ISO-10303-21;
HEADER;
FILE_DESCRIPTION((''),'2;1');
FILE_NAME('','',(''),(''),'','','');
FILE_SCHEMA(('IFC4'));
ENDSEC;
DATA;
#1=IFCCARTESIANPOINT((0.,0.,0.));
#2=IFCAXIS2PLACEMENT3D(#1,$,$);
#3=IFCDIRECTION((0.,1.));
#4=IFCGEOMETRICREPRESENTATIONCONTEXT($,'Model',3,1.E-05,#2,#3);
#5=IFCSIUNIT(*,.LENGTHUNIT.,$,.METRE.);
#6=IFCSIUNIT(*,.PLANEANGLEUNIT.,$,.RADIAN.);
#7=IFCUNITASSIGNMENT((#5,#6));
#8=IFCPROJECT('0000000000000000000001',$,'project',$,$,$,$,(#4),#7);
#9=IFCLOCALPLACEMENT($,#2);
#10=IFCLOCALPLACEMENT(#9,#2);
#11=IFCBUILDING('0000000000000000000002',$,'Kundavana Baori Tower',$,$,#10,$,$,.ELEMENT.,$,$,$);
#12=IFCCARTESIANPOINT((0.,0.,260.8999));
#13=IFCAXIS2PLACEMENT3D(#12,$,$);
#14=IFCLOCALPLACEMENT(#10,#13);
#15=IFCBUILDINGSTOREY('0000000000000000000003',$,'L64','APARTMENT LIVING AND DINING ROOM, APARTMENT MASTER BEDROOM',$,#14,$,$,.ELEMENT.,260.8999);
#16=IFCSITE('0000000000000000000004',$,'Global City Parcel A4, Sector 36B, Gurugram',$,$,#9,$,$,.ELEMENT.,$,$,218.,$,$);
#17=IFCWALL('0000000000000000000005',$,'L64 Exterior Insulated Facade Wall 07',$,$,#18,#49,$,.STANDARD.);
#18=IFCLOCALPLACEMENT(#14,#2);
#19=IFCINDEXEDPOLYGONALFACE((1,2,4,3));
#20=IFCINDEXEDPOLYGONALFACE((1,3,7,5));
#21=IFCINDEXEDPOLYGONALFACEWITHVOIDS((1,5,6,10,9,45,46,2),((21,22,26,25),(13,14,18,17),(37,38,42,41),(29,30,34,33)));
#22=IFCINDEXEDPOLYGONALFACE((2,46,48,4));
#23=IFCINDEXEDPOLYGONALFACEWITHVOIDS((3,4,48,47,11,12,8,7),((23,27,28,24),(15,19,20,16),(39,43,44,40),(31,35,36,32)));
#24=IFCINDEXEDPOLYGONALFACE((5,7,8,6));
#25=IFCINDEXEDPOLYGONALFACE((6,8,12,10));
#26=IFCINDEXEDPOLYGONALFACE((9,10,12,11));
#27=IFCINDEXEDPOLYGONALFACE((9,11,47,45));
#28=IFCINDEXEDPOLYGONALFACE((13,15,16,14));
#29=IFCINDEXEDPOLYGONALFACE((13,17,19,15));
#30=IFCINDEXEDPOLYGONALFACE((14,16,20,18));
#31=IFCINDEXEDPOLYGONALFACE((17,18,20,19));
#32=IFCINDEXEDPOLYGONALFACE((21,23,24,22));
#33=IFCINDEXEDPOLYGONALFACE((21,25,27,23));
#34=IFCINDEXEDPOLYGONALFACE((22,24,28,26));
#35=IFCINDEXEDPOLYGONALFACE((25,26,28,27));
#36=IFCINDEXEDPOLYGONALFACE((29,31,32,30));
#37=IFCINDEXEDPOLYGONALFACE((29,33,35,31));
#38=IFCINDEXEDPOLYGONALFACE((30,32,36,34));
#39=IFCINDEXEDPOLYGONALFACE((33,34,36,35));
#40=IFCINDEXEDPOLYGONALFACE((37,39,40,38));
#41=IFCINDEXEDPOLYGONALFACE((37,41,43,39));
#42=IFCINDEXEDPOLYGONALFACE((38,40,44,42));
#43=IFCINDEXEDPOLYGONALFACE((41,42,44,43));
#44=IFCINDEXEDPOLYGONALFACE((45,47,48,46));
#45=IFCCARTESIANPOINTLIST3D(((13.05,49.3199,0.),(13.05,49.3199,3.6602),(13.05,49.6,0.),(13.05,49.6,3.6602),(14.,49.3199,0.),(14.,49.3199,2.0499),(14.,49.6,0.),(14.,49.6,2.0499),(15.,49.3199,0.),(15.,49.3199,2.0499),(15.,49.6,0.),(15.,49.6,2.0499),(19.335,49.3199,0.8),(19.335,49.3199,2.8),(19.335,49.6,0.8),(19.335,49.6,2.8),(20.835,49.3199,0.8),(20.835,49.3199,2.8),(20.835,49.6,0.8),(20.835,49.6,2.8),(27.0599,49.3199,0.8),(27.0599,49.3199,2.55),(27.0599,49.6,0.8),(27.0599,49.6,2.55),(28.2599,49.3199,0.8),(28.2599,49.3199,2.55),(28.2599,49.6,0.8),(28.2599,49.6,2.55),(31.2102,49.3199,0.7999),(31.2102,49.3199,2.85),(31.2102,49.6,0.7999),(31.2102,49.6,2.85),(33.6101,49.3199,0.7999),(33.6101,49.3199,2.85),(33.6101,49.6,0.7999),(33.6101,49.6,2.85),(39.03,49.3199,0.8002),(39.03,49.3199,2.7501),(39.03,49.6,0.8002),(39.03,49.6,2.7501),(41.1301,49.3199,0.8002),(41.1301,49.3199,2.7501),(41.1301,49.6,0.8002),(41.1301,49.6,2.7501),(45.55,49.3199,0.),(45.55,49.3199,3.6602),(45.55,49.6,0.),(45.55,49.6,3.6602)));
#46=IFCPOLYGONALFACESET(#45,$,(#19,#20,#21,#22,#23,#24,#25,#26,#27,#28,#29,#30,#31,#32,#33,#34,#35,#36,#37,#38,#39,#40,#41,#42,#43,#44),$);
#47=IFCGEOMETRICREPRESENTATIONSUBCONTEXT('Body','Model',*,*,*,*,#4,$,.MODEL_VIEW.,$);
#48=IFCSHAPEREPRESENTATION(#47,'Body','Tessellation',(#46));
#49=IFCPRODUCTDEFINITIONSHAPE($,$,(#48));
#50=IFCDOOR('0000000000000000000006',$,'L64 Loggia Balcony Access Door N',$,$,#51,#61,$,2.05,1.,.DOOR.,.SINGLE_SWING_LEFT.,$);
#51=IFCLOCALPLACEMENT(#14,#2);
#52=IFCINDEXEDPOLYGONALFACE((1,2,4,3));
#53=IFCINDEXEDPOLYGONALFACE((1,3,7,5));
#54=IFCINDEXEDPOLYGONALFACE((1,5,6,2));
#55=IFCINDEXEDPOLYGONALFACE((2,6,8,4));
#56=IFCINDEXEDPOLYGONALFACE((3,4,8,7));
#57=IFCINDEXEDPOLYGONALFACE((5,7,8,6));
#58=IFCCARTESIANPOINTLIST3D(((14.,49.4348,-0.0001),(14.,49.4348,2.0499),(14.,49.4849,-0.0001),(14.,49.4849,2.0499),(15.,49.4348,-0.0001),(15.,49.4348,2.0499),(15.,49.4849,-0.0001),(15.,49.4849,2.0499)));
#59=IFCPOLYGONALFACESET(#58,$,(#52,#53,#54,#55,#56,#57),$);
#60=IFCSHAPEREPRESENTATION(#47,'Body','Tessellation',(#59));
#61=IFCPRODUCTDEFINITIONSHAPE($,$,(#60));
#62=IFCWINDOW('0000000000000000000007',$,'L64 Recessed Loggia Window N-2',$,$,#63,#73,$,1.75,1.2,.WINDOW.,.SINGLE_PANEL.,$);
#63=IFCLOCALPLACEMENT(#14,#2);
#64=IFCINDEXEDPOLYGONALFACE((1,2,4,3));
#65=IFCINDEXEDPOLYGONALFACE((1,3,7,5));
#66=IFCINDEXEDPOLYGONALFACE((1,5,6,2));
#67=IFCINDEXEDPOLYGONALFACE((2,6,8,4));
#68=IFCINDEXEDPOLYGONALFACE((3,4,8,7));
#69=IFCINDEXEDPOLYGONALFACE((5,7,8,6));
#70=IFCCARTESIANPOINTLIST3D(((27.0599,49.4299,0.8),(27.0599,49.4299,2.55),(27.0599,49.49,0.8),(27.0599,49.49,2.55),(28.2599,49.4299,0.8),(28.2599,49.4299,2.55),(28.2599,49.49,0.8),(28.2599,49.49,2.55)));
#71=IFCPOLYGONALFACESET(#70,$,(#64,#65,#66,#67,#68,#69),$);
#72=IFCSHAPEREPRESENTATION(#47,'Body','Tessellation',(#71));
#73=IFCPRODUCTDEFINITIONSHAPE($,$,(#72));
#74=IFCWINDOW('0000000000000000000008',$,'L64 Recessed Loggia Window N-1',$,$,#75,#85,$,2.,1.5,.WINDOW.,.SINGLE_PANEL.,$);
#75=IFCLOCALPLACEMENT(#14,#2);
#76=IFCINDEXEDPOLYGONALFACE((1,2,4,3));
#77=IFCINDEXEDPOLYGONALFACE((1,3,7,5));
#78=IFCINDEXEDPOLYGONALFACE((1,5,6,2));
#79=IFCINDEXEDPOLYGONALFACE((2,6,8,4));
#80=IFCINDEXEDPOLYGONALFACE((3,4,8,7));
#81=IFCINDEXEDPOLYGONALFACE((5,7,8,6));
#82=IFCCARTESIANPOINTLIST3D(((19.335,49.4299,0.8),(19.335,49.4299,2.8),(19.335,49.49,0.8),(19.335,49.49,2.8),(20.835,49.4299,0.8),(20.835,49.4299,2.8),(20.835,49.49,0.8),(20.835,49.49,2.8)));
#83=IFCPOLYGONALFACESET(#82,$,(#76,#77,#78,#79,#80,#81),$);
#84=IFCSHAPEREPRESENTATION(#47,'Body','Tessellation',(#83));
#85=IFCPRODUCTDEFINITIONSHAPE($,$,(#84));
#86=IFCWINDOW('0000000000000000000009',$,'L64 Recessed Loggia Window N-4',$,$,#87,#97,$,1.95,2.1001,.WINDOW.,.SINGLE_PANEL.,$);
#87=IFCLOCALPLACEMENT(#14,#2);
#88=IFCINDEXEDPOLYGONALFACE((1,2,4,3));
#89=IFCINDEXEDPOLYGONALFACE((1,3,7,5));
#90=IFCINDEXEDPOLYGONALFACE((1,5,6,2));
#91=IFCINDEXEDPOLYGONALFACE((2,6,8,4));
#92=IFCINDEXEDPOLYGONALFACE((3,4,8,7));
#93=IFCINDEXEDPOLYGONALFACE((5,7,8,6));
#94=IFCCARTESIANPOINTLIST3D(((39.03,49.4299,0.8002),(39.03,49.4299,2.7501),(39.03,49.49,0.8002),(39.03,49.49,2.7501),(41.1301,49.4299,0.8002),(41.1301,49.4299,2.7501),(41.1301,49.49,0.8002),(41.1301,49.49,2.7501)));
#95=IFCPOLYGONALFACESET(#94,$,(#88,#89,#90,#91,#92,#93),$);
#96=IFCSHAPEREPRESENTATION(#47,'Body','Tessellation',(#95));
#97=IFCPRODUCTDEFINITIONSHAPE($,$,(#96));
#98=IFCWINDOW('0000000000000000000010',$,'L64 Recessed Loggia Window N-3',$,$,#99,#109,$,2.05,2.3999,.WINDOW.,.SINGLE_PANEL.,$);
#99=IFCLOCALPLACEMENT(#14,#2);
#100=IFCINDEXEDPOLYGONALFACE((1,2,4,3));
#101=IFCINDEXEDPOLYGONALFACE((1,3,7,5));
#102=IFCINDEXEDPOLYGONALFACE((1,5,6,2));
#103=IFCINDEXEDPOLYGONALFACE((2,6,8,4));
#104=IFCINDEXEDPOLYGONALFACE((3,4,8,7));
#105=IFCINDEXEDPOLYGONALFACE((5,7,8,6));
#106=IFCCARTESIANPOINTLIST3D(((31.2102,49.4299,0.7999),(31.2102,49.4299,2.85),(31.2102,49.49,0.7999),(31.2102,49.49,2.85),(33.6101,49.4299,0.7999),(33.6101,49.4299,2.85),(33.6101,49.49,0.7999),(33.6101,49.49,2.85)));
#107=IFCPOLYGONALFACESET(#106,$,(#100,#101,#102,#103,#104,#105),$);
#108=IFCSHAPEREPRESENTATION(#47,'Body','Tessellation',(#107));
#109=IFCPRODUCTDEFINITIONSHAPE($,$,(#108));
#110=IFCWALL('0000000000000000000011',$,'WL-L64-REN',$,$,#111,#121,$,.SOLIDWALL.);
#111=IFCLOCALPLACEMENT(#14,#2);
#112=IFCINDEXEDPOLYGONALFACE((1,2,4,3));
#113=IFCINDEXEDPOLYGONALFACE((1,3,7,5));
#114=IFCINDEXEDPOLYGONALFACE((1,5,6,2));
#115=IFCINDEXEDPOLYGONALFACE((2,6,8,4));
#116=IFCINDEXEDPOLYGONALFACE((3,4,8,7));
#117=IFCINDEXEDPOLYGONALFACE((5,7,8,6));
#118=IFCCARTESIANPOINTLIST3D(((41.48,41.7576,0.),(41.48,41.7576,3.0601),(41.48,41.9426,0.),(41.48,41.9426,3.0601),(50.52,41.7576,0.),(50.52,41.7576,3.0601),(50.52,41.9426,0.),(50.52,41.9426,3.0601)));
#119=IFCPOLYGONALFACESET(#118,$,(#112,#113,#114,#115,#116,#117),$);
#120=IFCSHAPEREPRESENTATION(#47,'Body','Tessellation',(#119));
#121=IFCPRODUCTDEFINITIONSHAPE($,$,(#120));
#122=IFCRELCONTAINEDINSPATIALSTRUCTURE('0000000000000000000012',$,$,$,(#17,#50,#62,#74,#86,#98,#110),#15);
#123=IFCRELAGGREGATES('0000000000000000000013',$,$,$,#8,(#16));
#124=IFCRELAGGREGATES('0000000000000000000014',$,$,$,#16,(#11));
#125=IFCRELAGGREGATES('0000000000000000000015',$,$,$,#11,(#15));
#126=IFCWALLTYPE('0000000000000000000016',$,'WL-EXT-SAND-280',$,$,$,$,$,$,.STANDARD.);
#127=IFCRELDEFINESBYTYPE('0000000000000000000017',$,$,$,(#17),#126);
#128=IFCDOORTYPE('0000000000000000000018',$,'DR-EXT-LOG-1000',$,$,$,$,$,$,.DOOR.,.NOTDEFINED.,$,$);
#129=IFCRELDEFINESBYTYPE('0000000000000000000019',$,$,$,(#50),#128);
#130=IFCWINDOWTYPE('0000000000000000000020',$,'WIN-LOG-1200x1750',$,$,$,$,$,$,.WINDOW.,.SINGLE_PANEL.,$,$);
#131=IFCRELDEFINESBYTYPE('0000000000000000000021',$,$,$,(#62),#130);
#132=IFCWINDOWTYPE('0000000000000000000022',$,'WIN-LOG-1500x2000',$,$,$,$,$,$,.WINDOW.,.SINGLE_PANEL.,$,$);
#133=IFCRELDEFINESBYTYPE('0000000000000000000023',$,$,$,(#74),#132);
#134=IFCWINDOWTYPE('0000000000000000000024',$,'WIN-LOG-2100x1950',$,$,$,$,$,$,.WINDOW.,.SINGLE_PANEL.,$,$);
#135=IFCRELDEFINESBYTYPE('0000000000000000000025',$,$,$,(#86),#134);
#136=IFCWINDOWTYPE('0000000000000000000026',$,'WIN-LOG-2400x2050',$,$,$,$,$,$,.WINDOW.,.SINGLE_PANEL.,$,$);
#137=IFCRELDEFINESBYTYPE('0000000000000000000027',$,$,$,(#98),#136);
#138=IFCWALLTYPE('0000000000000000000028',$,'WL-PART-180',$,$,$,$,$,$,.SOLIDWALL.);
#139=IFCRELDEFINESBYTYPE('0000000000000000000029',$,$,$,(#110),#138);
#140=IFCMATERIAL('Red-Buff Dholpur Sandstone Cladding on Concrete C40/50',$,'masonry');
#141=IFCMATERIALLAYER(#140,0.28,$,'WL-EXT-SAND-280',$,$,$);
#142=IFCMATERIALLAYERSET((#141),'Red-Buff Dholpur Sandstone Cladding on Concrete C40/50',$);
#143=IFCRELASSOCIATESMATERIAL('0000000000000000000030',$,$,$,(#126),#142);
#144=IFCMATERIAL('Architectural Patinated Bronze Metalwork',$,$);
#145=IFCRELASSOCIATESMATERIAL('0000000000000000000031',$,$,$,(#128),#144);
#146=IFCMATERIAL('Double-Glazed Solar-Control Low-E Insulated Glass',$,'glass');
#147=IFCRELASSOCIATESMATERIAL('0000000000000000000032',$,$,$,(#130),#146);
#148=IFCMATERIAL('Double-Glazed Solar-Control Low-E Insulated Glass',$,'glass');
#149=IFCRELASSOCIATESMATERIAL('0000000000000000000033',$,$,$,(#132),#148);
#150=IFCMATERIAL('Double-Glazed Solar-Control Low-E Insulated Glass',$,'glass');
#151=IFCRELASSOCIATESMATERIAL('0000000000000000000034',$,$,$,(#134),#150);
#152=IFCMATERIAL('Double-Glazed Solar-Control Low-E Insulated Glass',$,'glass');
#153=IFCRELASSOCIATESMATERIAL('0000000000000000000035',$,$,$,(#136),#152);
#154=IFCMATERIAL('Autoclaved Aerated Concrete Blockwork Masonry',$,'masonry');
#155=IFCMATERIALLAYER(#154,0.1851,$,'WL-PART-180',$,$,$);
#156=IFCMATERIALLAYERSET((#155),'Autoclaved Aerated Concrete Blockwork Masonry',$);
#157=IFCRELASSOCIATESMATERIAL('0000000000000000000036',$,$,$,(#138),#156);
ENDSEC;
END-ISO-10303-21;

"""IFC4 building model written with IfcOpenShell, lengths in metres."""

from ifc_helpers import new_model, si_unit, direction, frame, frame_2d, origin, place, context, subcontext, project, spatial, rectangle, extrude, material, layer, layer_set, type_object, element, fill, save


model = new_model("IFC4")

# Units and contexts
model_context = context("Model", 3, precision=1e-05, world=origin(), true_north=direction((0.0, 1.0)))
body_context = subcontext(model_context, "Body", "Model", "MODEL_VIEW")
ifc_project = project(units=[si_unit("LENGTHUNIT", "METRE"), si_unit("PLANEANGLEUNIT", "RADIAN")], contexts=[model_context])

# Site, building, storey
site_placement = place(None, origin())
site = spatial("IfcSite", under=ifc_project, at=site_placement, Name="Global City Parcel A4, Sector 36B, Gurugram", CompositionType="ELEMENT", RefElevation=218.0)
building_placement = place(site_placement, origin())
building = spatial("IfcBuilding", under=site, at=building_placement, Name="Kundavana Baori Tower", CompositionType="ELEMENT")
storey_placement = place(building_placement, frame((0.0, 0.0, 260.8999)))
storey = spatial("IfcBuildingStorey", under=building, at=storey_placement, Name="L64", Description="APARTMENT LIVING AND DINING ROOM, APARTMENT MASTER BEDROOM", CompositionType="ELEMENT", Elevation=260.8999)

# Shared definitions
ifc_material_1 = material(Name="Red-Buff Dholpur Sandstone Cladding on Concrete C40/50", Category="masonry")
ifc_layer_1 = layer(ifc_material_1, 0.28, Name="WL-EXT-SAND-280")
ifc_layer_set_1 = layer_set([ifc_layer_1], Name="Red-Buff Dholpur Sandstone Cladding on Concrete C40/50")
wall_type_1 = type_object("IfcWallType", Name="WL-EXT-SAND-280", PredefinedType="STANDARD", material=ifc_layer_set_1)

# Wall, openings, door, windows
wall_1_placement = place(storey_placement, frame((45.55, 49.46, 0.0), z_axis=(0.0, 0.0, 1.0), x_axis=(-1.0, 0.0, 0.0)))
wall_1 = element("IfcWall", 1, at=wall_1_placement, inside=storey, type_object=wall_type_1, Name="L64 Exterior Insulated Facade Wall 07", PredefinedType="STANDARD", context=body_context, shape_type="SweptSolid", body=[
    extrude(rectangle(XDim=32.5, YDim=0.28, at=frame_2d((16.25, 0.0))), origin(), (0.0, 0.0, 1.0), 3.6602),
])
opening_1_placement = place(wall_1_placement, frame((30.55, 0.0, 0.0)))
opening_1 = element("IfcOpeningElement", 2, at=opening_1_placement, cuts=wall_1, PredefinedType="OPENING", context=body_context, shape_type="SweptSolid", body=[
    extrude(rectangle(XDim=1.0, YDim=2.05, at=frame_2d((0.5, 1.0249))), frame((0.0, 0.1499, 0.0), z_axis=(0.0, -1.0, 0.0), x_axis=(1.0, 0.0, 0.0)), (0.0, 0.0, 1.0), 0.3),
])
opening_2_placement = place(wall_1_placement, frame((24.7151, 0.0, 0.8)))
opening_2 = element("IfcOpeningElement", 3, at=opening_2_placement, cuts=wall_1, PredefinedType="OPENING", context=body_context, shape_type="SweptSolid", body=[
    extrude(rectangle(XDim=1.5, YDim=2.0, at=frame_2d((0.75, 1.0))), frame((0.0, 0.1499, 0.0), z_axis=(0.0, -1.0, 0.0), x_axis=(1.0, 0.0, 0.0)), (0.0, 0.0, 1.0), 0.3),
])
opening_3_placement = place(wall_1_placement, frame((17.29, 0.0, 0.8)))
opening_3 = element("IfcOpeningElement", 4, at=opening_3_placement, cuts=wall_1, PredefinedType="OPENING", context=body_context, shape_type="SweptSolid", body=[
    extrude(rectangle(XDim=1.2, YDim=1.75, at=frame_2d((0.6001, 0.875))), frame((0.0, 0.1499, 0.0), z_axis=(0.0, -1.0, 0.0), x_axis=(1.0, 0.0, 0.0)), (0.0, 0.0, 1.0), 0.3),
])
opening_4_placement = place(wall_1_placement, frame((11.9399, 0.0, 0.8)))
opening_4 = element("IfcOpeningElement", 5, at=opening_4_placement, cuts=wall_1, PredefinedType="OPENING", context=body_context, shape_type="SweptSolid", body=[
    extrude(rectangle(XDim=2.3999, YDim=2.05, at=frame_2d((1.2, 1.0249))), frame((0.0, 0.1499, 0.0), z_axis=(0.0, -1.0, 0.0), x_axis=(1.0, 0.0, 0.0)), (0.0, 0.0, 1.0), 0.3),
])
opening_5_placement = place(wall_1_placement, frame((4.4199, 0.0, 0.8)))
opening_5 = element("IfcOpeningElement", 6, at=opening_5_placement, cuts=wall_1, PredefinedType="OPENING", context=body_context, shape_type="SweptSolid", body=[
    extrude(rectangle(XDim=2.1001, YDim=1.95, at=frame_2d((1.05, 0.9751))), frame((0.0, 0.1499, 0.0), z_axis=(0.0, -1.0, 0.0), x_axis=(1.0, 0.0, 0.0)), (0.0, 0.0, 1.0), 0.3),
])
ifc_material_2 = material(Name="Architectural Patinated Bronze Metalwork")
door_type_1 = type_object("IfcDoorType", Name="DR-EXT-LOG-1000", OperationType="NOTDEFINED", PredefinedType="DOOR", material=ifc_material_2)
door_1_placement = place(opening_1_placement, frame((1.0, 0.0, 0.0), z_axis=(0.0, 0.0, 1.0), x_axis=(-1.0, 0.0, 0.0)))
door_1 = element("IfcDoor", 7, at=door_1_placement, inside=storey, type_object=door_type_1, Name="L64 Loggia Balcony Access Door N", OperationType="SINGLE_SWING_LEFT", OverallHeight=2.05, OverallWidth=1.0, PredefinedType="DOOR", context=body_context, shape_type="SweptSolid", body=[
    extrude(rectangle(XDim=1.0, YDim=2.05, at=frame_2d((0.5, 1.0249))), frame((0.0, 0.0249, 0.0), z_axis=(0.0, -1.0, 0.0), x_axis=(1.0, 0.0, 0.0)), (0.0, 0.0, 1.0), 0.05),
])
fill(opening_1, door_1)
ifc_material_3 = material(Name="Double-Glazed Solar-Control Low-E Insulated Glass", Category="glass")
window_type_1 = type_object("IfcWindowType", Name="WIN-LOG-1200x1750", PartitioningType="SINGLE_PANEL", PredefinedType="WINDOW", material=ifc_material_3)
window_1_placement = place(opening_3_placement, origin())
window_1 = element("IfcWindow", 8, at=window_1_placement, inside=storey, type_object=window_type_1, Name="L64 Recessed Loggia Window N-2", OverallHeight=1.75, OverallWidth=1.2, PartitioningType="SINGLE_PANEL", PredefinedType="WINDOW", context=body_context, shape_type="SweptSolid", body=[
    extrude(rectangle(XDim=1.2, YDim=1.75, at=frame_2d((0.6001, 0.875))), frame((0.0, 0.03, 0.0), z_axis=(0.0, -1.0, 0.0), x_axis=(1.0, 0.0, 0.0)), (0.0, 0.0, 1.0), 0.0601),
])
fill(opening_3, window_1)
ifc_material_4 = material(Name="Double-Glazed Solar-Control Low-E Insulated Glass", Category="glass")
window_type_2 = type_object("IfcWindowType", Name="WIN-LOG-1500x2000", PartitioningType="SINGLE_PANEL", PredefinedType="WINDOW", material=ifc_material_4)
window_2_placement = place(opening_2_placement, origin())
window_2 = element("IfcWindow", 9, at=window_2_placement, inside=storey, type_object=window_type_2, Name="L64 Recessed Loggia Window N-1", OverallHeight=2.0, OverallWidth=1.5, PartitioningType="SINGLE_PANEL", PredefinedType="WINDOW", context=body_context, shape_type="SweptSolid", body=[
    extrude(rectangle(XDim=1.5, YDim=2.0, at=frame_2d((0.75, 1.0))), frame((0.0, 0.03, 0.0), z_axis=(0.0, -1.0, 0.0), x_axis=(1.0, 0.0, 0.0)), (0.0, 0.0, 1.0), 0.0601),
])
fill(opening_2, window_2)
ifc_material_5 = material(Name="Double-Glazed Solar-Control Low-E Insulated Glass", Category="glass")
window_type_3 = type_object("IfcWindowType", Name="WIN-LOG-2100x1950", PartitioningType="SINGLE_PANEL", PredefinedType="WINDOW", material=ifc_material_5)
window_3_placement = place(opening_5_placement, origin())
window_3 = element("IfcWindow", 10, at=window_3_placement, inside=storey, type_object=window_type_3, Name="L64 Recessed Loggia Window N-4", OverallHeight=1.95, OverallWidth=2.1001, PartitioningType="SINGLE_PANEL", PredefinedType="WINDOW", context=body_context, shape_type="SweptSolid", body=[
    extrude(rectangle(XDim=2.1001, YDim=1.95, at=frame_2d((1.05, 0.9751))), frame((0.0, 0.03, 0.0), z_axis=(0.0, -1.0, 0.0), x_axis=(1.0, 0.0, 0.0)), (0.0, 0.0, 1.0), 0.0601),
])
fill(opening_5, window_3)
ifc_material_6 = material(Name="Double-Glazed Solar-Control Low-E Insulated Glass", Category="glass")
window_type_4 = type_object("IfcWindowType", Name="WIN-LOG-2400x2050", PartitioningType="SINGLE_PANEL", PredefinedType="WINDOW", material=ifc_material_6)
window_4_placement = place(opening_4_placement, origin())
window_4 = element("IfcWindow", 11, at=window_4_placement, inside=storey, type_object=window_type_4, Name="L64 Recessed Loggia Window N-3", OverallHeight=2.05, OverallWidth=2.3999, PartitioningType="SINGLE_PANEL", PredefinedType="WINDOW", context=body_context, shape_type="SweptSolid", body=[
    extrude(rectangle(XDim=2.3999, YDim=2.05, at=frame_2d((1.2, 1.0249))), frame((0.0, 0.03, 0.0), z_axis=(0.0, -1.0, 0.0), x_axis=(1.0, 0.0, 0.0)), (0.0, 0.0, 1.0), 0.0601),
])
fill(opening_4, window_4)

# Wall
ifc_material_7 = material(Name="Autoclaved Aerated Concrete Blockwork Masonry", Category="masonry")
ifc_layer_2 = layer(ifc_material_7, 0.1851, Name="WL-PART-180")
ifc_layer_set_2 = layer_set([ifc_layer_2], Name="Autoclaved Aerated Concrete Blockwork Masonry")
wall_type_2 = type_object("IfcWallType", Name="WL-PART-180", PredefinedType="SOLIDWALL", material=ifc_layer_set_2)
wall_2_placement = place(storey_placement, frame((41.48, 41.8501, 0.0), z_axis=(0.0, 0.0, 1.0), x_axis=(1.0, 0.0, 0.0)))
element("IfcWall", 12, at=wall_2_placement, inside=storey, type_object=wall_type_2, Name="WL-L64-REN", PredefinedType="SOLIDWALL", context=body_context, shape_type="SweptSolid", body=[
    extrude(rectangle(XDim=9.04, YDim=0.1851, at=frame_2d((4.52, 0.0))), origin(), (0.0, 0.0, 1.0), 3.0601),
])

save(model, "model.ifc")
